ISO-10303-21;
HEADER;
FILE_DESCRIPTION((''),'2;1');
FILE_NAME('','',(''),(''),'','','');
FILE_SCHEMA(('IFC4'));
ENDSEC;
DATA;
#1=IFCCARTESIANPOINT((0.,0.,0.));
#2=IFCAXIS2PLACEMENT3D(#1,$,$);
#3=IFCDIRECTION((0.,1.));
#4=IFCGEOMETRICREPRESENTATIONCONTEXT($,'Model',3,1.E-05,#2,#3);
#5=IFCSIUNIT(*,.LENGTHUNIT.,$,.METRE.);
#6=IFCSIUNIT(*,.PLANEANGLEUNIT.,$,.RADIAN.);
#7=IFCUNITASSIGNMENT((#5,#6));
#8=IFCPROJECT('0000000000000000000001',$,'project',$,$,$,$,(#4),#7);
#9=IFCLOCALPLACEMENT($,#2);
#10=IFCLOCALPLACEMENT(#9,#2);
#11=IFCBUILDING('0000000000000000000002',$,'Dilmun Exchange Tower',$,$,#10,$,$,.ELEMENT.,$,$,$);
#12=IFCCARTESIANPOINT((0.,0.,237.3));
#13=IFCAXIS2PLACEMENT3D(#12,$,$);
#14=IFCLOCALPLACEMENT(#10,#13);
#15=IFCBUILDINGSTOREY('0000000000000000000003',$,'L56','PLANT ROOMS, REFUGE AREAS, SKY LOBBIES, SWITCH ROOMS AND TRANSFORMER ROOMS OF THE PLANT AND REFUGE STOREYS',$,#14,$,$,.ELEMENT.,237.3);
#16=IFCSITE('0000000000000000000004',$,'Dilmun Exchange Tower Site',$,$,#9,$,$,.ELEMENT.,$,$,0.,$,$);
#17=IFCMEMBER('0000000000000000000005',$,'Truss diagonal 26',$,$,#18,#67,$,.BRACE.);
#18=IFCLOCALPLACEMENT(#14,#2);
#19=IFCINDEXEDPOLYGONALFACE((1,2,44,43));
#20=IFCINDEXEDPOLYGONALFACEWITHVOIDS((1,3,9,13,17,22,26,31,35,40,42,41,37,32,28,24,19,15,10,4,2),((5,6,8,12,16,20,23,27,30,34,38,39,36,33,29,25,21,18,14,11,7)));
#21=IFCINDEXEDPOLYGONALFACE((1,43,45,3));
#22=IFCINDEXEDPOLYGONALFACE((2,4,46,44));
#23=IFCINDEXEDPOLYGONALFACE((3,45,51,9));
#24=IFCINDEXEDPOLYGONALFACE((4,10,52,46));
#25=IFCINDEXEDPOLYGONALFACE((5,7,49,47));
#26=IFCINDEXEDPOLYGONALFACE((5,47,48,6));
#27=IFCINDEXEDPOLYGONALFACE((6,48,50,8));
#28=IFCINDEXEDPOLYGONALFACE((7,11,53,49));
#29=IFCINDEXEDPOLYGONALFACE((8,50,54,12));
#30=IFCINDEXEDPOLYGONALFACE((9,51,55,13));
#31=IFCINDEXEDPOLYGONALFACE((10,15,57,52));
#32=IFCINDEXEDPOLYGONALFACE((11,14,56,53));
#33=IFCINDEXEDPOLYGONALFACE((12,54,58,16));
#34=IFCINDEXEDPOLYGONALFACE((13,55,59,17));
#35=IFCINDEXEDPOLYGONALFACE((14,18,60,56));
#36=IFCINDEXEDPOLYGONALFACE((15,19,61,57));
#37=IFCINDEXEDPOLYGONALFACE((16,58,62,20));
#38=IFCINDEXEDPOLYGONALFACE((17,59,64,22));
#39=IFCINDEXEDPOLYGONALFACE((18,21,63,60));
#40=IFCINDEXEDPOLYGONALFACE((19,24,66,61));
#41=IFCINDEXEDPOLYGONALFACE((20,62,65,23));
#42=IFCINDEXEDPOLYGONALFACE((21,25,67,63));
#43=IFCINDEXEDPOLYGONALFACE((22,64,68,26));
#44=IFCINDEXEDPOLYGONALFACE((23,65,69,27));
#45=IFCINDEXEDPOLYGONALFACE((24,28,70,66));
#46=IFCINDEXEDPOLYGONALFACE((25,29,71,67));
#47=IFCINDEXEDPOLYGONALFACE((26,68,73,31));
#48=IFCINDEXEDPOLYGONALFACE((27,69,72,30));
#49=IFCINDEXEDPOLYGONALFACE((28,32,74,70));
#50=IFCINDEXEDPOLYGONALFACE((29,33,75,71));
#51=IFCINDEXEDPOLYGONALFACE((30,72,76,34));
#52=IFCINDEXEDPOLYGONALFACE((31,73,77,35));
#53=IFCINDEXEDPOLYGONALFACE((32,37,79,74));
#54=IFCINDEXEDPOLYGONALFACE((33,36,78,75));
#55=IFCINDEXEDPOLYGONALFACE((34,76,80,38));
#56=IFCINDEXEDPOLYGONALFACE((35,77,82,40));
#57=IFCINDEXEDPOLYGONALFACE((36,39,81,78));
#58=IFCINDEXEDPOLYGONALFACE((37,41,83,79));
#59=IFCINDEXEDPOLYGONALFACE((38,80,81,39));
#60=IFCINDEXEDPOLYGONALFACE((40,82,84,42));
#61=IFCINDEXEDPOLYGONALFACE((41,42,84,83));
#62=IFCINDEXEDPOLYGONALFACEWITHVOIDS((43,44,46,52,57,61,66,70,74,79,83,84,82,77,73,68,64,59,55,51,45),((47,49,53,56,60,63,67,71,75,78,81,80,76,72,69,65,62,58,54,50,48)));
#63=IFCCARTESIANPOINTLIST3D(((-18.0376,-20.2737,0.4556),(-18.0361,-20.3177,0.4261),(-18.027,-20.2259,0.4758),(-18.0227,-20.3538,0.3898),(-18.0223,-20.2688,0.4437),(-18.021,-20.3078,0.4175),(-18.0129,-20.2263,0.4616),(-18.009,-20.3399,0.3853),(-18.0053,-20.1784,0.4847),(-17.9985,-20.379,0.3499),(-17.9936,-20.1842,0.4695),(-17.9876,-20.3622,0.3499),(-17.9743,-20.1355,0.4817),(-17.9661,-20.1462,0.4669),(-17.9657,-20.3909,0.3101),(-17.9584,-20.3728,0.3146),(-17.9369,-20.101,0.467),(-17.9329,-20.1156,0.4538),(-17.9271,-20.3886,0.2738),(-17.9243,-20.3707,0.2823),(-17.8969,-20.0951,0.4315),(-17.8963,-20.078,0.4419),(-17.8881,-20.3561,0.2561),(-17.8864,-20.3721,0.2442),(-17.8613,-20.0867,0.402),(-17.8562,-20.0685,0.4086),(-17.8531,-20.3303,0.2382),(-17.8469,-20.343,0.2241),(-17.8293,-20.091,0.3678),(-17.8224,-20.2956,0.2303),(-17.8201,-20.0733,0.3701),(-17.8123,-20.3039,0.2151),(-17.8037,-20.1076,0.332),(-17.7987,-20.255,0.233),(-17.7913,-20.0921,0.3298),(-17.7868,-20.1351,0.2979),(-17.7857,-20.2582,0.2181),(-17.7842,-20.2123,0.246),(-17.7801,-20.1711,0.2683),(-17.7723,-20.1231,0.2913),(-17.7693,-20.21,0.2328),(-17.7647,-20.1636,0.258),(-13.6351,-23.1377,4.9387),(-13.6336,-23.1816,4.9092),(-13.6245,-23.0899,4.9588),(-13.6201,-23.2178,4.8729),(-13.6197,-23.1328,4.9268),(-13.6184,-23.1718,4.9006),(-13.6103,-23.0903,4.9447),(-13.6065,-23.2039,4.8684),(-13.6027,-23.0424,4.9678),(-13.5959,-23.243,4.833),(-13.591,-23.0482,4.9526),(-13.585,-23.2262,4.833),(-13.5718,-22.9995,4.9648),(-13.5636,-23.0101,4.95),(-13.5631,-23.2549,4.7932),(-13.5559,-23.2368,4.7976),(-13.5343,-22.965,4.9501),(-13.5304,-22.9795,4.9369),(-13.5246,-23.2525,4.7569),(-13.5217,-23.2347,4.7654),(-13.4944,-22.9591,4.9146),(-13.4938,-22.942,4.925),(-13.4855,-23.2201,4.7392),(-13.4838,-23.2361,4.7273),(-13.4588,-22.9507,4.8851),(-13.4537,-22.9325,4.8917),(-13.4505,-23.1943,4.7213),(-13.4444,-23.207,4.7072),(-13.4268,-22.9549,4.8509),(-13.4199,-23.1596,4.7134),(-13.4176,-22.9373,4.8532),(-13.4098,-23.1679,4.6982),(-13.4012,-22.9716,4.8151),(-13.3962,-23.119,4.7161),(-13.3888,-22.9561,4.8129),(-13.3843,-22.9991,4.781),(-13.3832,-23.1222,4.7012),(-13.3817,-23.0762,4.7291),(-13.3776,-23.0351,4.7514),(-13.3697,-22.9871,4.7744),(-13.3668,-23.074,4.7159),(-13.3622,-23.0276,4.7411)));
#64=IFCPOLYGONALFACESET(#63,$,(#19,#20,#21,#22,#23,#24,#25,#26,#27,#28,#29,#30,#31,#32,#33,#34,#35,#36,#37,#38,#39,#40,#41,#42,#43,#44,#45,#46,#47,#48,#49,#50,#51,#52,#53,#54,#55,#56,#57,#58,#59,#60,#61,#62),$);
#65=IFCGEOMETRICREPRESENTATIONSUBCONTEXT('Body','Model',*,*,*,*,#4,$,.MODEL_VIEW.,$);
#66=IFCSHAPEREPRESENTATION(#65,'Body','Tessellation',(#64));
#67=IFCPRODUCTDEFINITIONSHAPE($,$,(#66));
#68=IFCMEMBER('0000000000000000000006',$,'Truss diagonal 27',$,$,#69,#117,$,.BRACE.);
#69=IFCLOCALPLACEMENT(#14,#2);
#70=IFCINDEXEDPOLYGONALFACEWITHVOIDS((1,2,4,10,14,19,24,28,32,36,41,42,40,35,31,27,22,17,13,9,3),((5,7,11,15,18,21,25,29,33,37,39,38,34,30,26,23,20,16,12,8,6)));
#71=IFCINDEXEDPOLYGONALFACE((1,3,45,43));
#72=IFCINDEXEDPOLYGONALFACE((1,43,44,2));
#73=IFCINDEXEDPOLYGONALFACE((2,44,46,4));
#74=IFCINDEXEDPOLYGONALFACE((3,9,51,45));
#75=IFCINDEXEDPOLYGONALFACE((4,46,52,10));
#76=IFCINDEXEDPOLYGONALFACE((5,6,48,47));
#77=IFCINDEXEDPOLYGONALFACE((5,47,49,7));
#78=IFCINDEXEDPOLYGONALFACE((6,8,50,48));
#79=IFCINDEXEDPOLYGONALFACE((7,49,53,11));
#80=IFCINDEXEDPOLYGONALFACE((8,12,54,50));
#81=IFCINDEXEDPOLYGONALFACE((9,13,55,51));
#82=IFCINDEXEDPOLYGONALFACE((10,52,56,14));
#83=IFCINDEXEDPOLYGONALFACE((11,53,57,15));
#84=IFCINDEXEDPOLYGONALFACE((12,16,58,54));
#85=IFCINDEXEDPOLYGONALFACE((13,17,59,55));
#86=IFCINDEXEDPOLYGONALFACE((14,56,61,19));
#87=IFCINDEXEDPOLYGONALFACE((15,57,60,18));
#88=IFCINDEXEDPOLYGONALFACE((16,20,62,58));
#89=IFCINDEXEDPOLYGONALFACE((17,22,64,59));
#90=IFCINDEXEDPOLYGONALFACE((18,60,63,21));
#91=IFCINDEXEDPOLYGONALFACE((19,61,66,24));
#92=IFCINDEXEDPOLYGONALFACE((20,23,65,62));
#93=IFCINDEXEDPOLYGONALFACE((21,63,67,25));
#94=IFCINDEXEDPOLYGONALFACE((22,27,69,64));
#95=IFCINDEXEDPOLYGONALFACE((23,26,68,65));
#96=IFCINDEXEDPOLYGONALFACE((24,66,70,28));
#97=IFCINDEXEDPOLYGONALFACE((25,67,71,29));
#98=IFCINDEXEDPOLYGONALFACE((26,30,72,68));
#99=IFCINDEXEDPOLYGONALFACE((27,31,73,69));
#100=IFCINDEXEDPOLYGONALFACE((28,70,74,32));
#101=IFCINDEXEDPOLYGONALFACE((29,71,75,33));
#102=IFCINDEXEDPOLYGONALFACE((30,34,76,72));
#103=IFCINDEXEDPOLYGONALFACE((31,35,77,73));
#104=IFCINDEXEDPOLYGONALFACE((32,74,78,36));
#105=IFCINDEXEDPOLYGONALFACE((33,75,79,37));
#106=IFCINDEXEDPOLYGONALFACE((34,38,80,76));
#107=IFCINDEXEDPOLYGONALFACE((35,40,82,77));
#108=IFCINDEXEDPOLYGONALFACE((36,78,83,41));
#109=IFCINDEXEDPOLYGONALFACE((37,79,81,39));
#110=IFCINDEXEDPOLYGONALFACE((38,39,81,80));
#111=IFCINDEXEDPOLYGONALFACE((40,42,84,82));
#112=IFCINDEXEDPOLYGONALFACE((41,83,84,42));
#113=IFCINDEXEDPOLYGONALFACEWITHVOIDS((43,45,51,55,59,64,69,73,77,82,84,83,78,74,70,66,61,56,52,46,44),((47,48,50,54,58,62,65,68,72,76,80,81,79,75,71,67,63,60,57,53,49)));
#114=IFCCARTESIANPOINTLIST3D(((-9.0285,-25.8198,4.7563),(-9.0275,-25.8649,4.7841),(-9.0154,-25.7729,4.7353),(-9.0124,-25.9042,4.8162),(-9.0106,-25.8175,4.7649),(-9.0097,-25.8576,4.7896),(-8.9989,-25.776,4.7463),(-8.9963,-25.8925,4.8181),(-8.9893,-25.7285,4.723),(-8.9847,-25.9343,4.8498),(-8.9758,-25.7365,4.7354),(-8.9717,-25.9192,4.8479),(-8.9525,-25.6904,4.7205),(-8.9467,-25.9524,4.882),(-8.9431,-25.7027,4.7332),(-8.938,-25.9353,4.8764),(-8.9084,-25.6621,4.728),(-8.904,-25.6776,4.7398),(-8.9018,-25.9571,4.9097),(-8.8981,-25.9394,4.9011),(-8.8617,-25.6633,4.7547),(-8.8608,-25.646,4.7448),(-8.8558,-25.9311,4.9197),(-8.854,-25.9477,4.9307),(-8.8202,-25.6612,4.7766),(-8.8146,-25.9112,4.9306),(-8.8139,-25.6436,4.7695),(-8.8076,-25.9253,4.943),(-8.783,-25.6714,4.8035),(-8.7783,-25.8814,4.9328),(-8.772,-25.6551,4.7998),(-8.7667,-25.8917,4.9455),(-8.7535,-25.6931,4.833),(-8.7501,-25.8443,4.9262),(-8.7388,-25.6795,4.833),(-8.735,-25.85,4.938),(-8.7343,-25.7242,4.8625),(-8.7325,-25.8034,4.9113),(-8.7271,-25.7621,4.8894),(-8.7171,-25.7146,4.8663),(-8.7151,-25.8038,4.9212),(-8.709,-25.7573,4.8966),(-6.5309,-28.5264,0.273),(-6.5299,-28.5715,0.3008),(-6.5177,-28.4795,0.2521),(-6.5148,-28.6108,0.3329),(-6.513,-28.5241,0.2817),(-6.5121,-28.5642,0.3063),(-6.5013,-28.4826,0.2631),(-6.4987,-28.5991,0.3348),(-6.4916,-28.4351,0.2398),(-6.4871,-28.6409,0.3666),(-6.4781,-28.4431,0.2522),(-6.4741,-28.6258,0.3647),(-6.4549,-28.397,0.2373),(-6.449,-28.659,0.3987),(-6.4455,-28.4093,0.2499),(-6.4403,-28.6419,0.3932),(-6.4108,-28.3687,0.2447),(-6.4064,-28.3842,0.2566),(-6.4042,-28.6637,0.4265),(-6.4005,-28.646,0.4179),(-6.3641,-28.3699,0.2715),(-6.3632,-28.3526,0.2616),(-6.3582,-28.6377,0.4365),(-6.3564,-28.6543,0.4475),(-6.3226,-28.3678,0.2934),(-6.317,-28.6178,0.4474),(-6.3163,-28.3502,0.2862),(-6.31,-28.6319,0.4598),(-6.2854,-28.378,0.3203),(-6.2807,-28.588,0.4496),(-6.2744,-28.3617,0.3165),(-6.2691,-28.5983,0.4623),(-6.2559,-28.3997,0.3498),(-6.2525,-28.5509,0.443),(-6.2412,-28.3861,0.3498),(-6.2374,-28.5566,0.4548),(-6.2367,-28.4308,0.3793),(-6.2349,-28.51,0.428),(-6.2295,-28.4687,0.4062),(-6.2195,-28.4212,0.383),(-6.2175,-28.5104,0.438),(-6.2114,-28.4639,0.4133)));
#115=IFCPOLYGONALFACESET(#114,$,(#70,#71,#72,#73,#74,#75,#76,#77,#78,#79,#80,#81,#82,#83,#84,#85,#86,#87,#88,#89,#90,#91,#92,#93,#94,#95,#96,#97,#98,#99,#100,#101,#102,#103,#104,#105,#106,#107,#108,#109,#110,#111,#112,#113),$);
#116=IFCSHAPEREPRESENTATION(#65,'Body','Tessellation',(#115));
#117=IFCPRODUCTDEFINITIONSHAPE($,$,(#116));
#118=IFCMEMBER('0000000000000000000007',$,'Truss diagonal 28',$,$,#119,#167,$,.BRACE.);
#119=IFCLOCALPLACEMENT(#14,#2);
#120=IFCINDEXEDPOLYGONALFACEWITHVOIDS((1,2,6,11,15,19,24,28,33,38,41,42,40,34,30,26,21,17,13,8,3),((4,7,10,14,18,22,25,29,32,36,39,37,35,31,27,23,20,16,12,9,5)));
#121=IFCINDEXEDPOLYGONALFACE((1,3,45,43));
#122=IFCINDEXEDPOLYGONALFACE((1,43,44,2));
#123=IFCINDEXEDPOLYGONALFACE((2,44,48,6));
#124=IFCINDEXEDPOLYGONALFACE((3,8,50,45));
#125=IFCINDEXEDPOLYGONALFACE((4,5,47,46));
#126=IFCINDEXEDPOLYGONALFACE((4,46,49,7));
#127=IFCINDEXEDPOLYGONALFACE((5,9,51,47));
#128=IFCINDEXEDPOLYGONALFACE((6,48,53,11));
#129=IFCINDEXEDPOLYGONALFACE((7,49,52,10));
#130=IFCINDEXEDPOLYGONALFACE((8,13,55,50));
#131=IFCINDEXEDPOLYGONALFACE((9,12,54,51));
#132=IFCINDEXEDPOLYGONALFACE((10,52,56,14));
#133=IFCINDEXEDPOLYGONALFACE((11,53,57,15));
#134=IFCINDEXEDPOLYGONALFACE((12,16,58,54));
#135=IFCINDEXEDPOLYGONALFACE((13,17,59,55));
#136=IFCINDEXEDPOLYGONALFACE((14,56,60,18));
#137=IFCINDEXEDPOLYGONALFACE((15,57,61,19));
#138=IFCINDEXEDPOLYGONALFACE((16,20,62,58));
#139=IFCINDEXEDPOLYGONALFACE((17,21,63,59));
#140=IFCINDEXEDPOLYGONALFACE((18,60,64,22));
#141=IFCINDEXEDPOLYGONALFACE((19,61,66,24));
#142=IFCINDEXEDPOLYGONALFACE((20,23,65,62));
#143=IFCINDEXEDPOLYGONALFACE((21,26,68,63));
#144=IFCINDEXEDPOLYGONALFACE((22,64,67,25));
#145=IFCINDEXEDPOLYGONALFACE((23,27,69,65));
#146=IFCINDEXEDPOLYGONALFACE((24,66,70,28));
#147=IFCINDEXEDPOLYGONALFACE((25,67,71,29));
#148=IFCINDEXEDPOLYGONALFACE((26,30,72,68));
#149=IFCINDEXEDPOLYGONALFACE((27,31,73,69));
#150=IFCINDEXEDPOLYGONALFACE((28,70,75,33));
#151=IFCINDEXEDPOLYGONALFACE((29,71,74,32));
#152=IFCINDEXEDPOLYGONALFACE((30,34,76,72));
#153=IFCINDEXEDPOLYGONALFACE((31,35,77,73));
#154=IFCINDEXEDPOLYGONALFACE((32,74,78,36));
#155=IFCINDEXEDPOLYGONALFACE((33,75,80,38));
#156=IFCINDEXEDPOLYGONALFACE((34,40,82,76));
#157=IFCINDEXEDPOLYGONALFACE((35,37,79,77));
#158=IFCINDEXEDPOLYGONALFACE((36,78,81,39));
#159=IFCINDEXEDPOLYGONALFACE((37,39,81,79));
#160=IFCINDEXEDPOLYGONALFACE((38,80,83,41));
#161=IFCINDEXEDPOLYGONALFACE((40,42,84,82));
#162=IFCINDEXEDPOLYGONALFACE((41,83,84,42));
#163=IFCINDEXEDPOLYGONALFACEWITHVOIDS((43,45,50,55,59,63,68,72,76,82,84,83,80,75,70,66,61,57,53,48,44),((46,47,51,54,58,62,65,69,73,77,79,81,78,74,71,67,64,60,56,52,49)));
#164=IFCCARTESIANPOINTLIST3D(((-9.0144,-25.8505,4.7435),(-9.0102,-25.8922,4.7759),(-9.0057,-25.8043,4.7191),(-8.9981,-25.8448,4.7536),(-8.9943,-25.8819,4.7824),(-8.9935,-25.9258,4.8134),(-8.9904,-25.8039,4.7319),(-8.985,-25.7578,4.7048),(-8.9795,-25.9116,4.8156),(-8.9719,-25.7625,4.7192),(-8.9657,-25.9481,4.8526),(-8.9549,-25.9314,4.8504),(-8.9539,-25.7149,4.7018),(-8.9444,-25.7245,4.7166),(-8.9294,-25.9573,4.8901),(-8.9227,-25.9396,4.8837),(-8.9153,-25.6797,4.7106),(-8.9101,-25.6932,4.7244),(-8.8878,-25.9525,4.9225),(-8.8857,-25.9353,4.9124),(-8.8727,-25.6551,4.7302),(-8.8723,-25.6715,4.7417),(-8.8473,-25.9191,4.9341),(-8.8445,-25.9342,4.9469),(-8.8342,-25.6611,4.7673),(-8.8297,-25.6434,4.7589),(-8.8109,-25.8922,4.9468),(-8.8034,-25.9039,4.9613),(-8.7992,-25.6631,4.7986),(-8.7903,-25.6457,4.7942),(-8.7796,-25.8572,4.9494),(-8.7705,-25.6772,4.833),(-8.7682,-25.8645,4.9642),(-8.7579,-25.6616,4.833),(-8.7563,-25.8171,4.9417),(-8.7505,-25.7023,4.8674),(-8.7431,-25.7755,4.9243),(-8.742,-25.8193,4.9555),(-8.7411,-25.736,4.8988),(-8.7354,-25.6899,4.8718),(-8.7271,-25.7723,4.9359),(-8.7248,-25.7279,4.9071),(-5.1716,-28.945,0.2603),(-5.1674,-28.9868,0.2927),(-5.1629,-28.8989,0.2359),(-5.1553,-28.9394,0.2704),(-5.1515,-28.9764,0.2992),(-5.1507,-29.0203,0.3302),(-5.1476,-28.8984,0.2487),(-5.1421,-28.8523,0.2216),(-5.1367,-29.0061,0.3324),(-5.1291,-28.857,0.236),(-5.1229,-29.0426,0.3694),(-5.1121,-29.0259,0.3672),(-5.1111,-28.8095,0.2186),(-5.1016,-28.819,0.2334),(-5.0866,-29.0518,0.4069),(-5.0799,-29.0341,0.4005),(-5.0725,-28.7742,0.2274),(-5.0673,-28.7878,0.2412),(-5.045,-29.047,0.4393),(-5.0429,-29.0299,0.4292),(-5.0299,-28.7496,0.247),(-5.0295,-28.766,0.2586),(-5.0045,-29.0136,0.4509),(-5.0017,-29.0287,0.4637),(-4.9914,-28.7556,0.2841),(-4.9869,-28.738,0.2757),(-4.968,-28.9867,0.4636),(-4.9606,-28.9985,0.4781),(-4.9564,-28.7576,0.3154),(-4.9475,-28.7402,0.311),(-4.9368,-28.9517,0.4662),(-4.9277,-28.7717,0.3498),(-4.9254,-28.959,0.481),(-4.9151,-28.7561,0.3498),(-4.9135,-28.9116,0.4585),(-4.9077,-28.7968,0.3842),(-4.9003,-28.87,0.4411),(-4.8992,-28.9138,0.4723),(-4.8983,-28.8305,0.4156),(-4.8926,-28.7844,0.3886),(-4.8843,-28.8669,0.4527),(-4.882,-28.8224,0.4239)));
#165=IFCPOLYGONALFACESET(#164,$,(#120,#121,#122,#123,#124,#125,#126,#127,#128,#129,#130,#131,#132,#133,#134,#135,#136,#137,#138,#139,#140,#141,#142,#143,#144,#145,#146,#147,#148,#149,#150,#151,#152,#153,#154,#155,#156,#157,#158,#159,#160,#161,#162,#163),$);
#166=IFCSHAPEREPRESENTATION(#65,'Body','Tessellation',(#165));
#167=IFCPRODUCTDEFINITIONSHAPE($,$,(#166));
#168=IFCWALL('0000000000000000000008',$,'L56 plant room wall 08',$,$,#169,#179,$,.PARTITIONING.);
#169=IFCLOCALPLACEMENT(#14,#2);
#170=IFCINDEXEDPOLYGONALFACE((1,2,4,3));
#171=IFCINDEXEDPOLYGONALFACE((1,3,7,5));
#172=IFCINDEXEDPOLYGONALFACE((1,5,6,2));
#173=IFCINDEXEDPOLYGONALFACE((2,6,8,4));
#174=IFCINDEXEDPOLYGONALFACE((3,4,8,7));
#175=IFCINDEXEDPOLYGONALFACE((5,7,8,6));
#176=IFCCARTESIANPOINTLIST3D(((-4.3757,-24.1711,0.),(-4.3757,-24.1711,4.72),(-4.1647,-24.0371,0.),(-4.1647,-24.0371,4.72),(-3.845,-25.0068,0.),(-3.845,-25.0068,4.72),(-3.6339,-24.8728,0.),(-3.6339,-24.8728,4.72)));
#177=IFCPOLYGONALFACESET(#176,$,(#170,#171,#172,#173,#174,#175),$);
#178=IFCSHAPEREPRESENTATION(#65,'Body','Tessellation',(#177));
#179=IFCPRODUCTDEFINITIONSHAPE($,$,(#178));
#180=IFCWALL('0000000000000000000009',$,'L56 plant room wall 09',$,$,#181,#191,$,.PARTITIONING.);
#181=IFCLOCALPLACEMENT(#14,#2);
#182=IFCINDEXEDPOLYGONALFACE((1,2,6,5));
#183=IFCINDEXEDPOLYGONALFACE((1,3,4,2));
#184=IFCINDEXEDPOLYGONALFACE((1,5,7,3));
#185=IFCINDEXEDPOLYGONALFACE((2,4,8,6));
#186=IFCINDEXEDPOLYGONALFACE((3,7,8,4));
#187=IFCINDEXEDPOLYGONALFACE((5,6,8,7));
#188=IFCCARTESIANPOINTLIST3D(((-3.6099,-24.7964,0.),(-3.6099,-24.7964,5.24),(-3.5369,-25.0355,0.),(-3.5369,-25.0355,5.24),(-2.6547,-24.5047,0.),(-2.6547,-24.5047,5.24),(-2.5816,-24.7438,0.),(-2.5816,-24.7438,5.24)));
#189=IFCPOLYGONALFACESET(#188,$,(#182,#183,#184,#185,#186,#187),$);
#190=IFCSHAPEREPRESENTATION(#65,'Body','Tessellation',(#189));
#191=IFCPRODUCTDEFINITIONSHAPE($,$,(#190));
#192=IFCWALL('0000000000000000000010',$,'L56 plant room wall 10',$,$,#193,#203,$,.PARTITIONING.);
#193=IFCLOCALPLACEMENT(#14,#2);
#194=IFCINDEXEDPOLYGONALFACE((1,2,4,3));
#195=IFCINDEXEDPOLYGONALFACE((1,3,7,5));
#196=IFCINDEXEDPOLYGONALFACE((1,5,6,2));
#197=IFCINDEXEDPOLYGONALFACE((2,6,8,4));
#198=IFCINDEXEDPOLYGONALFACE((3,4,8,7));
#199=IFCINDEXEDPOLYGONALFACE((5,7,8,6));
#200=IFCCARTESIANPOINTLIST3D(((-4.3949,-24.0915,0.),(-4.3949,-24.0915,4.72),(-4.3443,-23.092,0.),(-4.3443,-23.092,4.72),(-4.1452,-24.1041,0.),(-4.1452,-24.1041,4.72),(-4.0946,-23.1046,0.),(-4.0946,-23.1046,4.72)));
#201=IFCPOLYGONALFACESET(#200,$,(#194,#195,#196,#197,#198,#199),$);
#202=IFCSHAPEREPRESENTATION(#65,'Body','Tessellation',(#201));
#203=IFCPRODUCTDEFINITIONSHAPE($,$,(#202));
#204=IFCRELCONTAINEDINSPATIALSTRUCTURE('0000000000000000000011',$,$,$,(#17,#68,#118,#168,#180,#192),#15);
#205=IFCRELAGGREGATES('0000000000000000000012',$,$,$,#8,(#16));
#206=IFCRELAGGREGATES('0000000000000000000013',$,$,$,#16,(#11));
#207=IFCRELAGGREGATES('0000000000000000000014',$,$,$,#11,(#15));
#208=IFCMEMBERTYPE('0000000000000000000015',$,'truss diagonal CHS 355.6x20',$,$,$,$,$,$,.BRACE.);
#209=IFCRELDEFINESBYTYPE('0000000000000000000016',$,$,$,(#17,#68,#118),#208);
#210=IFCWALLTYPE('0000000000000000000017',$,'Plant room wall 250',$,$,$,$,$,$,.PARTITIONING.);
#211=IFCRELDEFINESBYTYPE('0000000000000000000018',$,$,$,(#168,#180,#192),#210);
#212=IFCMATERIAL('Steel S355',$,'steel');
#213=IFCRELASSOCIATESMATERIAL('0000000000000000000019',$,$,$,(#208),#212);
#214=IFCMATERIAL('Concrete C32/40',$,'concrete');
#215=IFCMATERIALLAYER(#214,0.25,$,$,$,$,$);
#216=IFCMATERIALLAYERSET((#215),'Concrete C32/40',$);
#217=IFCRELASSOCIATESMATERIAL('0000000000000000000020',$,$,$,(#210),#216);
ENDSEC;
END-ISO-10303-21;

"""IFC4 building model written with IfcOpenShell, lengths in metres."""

from ifc_helpers import new_model, si_unit, direction, frame, frame_2d, origin, origin_2d, place, context, subcontext, project, spatial, rectangle, hollow_circle, extrude, material, layer, layer_set, material_profile, profile_set, type_object, element, save


model = new_model("IFC4")

# Units and contexts
model_context = context("Model", 3, precision=1e-05, world=origin(), true_north=direction((0.0, 1.0)))
body_context = subcontext(model_context, "Body", "Model", "MODEL_VIEW")
ifc_project = project(units=[si_unit("LENGTHUNIT", "METRE"), si_unit("PLANEANGLEUNIT", "RADIAN")], contexts=[model_context])

# Site, building, storey
site_placement = place(None, origin())
site = spatial("IfcSite", under=ifc_project, at=site_placement, Name="Dilmun Exchange Tower Site", CompositionType="ELEMENT", RefElevation=0.0)
building_placement = place(site_placement, origin())
building = spatial("IfcBuilding", under=site, at=building_placement, Name="Dilmun Exchange Tower", CompositionType="ELEMENT")
storey_placement = place(building_placement, frame((0.0, 0.0, 237.3)))
storey = spatial("IfcBuildingStorey", under=building, at=storey_placement, Name="L56", Description="PLANT ROOMS, REFUGE AREAS, SKY LOBBIES, SWITCH ROOMS AND TRANSFORMER ROOMS OF THE PLANT AND REFUGE STOREYS", CompositionType="ELEMENT", Elevation=237.3)

# Shared definitions
ifc_material_1 = material(Name="Steel S355", Category="steel")

# Members
ifc_material_profile_1 = material_profile(ifc_material_1, hollow_circle(Radius=0.1777, WallThickness=0.02, at=origin_2d()), Name="CHS 355.6x20")
ifc_profile_set_1 = profile_set([ifc_material_profile_1], Name="Steel S355")
member_type = type_object("IfcMemberType", Name="truss diagonal CHS 355.6x20", PredefinedType="BRACE", material=ifc_profile_set_1)
member_1_placement = place(storey_placement, frame((-13.499, -23.094, 4.833), z_axis=(-0.637561, 0.414752, -0.649228), x_axis=(-0.5453, -0.838241, 0.0)))
element("IfcMember", 1, at=member_1_placement, inside=storey, type_object=member_type, Name="Truss diagonal 26", PredefinedType="BRACE", context=body_context, shape_type="SweptSolid", body=[
    extrude(hollow_circle(Radius=0.1777, WallThickness=0.02, at=origin_2d()), origin(), (0.0, 0.0, 1.0), 6.9053),
])
member_2_placement = place(storey_placement, frame((-8.8694, -25.8, 4.833), z_axis=(0.430474, -0.466494, -0.772707), x_axis=(0.73491, 0.678164, 0.0)))
element("IfcMember", 2, at=member_2_placement, inside=storey, type_object=member_type, Name="Truss diagonal 27", PredefinedType="BRACE", context=body_context, shape_type="SweptSolid", body=[
    extrude(hollow_circle(Radius=0.1777, WallThickness=0.02, at=origin_2d()), origin(), (0.0, 0.0, 1.0), 5.802),
])
member_3_placement = place(storey_placement, frame((-8.8694, -25.8, 4.833), z_axis=(0.576436, -0.464188, -0.672496), x_axis=(0.627196, 0.778861, 0.0)))
element("IfcMember", 3, at=member_3_placement, inside=storey, type_object=member_type, Name="Truss diagonal 28", PredefinedType="BRACE", context=body_context, shape_type="SweptSolid", body=[
    extrude(hollow_circle(Radius=0.1777, WallThickness=0.02, at=origin_2d()), origin(), (0.0, 0.0, 1.0), 6.6665),
])

# Walls
ifc_material_2 = material(Name="Concrete C32/40", Category="concrete")
ifc_layer_1 = layer(ifc_material_2, 0.25)
ifc_layer_set_1 = layer_set([ifc_layer_1], Name="Concrete C32/40")
wall_type = type_object("IfcWallType", Name="Plant room wall 250", PredefinedType="PARTITIONING", material=ifc_layer_set_1)
wall_1_placement = place(storey_placement, frame((-4.2703, -24.104, 0.0), z_axis=(0.0, 0.0, 1.0), x_axis=(0.536125, -0.844138, 0.0)))
element("IfcWall", 4, at=wall_1_placement, inside=storey, type_object=wall_type, Name="L56 plant room wall 08", PredefinedType="PARTITIONING", context=body_context, shape_type="SweptSolid", body=[
    extrude(rectangle(XDim=0.99, YDim=0.25, at=frame_2d((0.4951, 0.0))), origin(), (0.0, 0.0, 1.0), 4.72),
])
wall_2_placement = place(storey_placement, frame((-3.5735, -24.916, 0.0), z_axis=(0.0, 0.0, 1.0), x_axis=(0.956395, 0.292076, 0.0)))
element("IfcWall", 5, at=wall_2_placement, inside=storey, type_object=wall_type, Name="L56 plant room wall 09", PredefinedType="PARTITIONING", context=body_context, shape_type="SweptSolid", body=[
    extrude(rectangle(XDim=0.9988, YDim=0.25, at=frame_2d((0.4995, 0.0))), origin(), (0.0, 0.0, 1.0), 5.24),
])
wall_3_placement = place(storey_placement, frame((-4.27, -24.0979, 0.0), z_axis=(0.0, 0.0, 1.0), x_axis=(0.050497, 0.998724, 0.0)))
element("IfcWall", 6, at=wall_3_placement, inside=storey, type_object=wall_type, Name="L56 plant room wall 10", PredefinedType="PARTITIONING", context=body_context, shape_type="SweptSolid", body=[
    extrude(rectangle(XDim=1.0007, YDim=0.25, at=frame_2d((0.5005, 0.0))), origin(), (0.0, 0.0, 1.0), 4.72),
])

save(model, "model.ifc")
